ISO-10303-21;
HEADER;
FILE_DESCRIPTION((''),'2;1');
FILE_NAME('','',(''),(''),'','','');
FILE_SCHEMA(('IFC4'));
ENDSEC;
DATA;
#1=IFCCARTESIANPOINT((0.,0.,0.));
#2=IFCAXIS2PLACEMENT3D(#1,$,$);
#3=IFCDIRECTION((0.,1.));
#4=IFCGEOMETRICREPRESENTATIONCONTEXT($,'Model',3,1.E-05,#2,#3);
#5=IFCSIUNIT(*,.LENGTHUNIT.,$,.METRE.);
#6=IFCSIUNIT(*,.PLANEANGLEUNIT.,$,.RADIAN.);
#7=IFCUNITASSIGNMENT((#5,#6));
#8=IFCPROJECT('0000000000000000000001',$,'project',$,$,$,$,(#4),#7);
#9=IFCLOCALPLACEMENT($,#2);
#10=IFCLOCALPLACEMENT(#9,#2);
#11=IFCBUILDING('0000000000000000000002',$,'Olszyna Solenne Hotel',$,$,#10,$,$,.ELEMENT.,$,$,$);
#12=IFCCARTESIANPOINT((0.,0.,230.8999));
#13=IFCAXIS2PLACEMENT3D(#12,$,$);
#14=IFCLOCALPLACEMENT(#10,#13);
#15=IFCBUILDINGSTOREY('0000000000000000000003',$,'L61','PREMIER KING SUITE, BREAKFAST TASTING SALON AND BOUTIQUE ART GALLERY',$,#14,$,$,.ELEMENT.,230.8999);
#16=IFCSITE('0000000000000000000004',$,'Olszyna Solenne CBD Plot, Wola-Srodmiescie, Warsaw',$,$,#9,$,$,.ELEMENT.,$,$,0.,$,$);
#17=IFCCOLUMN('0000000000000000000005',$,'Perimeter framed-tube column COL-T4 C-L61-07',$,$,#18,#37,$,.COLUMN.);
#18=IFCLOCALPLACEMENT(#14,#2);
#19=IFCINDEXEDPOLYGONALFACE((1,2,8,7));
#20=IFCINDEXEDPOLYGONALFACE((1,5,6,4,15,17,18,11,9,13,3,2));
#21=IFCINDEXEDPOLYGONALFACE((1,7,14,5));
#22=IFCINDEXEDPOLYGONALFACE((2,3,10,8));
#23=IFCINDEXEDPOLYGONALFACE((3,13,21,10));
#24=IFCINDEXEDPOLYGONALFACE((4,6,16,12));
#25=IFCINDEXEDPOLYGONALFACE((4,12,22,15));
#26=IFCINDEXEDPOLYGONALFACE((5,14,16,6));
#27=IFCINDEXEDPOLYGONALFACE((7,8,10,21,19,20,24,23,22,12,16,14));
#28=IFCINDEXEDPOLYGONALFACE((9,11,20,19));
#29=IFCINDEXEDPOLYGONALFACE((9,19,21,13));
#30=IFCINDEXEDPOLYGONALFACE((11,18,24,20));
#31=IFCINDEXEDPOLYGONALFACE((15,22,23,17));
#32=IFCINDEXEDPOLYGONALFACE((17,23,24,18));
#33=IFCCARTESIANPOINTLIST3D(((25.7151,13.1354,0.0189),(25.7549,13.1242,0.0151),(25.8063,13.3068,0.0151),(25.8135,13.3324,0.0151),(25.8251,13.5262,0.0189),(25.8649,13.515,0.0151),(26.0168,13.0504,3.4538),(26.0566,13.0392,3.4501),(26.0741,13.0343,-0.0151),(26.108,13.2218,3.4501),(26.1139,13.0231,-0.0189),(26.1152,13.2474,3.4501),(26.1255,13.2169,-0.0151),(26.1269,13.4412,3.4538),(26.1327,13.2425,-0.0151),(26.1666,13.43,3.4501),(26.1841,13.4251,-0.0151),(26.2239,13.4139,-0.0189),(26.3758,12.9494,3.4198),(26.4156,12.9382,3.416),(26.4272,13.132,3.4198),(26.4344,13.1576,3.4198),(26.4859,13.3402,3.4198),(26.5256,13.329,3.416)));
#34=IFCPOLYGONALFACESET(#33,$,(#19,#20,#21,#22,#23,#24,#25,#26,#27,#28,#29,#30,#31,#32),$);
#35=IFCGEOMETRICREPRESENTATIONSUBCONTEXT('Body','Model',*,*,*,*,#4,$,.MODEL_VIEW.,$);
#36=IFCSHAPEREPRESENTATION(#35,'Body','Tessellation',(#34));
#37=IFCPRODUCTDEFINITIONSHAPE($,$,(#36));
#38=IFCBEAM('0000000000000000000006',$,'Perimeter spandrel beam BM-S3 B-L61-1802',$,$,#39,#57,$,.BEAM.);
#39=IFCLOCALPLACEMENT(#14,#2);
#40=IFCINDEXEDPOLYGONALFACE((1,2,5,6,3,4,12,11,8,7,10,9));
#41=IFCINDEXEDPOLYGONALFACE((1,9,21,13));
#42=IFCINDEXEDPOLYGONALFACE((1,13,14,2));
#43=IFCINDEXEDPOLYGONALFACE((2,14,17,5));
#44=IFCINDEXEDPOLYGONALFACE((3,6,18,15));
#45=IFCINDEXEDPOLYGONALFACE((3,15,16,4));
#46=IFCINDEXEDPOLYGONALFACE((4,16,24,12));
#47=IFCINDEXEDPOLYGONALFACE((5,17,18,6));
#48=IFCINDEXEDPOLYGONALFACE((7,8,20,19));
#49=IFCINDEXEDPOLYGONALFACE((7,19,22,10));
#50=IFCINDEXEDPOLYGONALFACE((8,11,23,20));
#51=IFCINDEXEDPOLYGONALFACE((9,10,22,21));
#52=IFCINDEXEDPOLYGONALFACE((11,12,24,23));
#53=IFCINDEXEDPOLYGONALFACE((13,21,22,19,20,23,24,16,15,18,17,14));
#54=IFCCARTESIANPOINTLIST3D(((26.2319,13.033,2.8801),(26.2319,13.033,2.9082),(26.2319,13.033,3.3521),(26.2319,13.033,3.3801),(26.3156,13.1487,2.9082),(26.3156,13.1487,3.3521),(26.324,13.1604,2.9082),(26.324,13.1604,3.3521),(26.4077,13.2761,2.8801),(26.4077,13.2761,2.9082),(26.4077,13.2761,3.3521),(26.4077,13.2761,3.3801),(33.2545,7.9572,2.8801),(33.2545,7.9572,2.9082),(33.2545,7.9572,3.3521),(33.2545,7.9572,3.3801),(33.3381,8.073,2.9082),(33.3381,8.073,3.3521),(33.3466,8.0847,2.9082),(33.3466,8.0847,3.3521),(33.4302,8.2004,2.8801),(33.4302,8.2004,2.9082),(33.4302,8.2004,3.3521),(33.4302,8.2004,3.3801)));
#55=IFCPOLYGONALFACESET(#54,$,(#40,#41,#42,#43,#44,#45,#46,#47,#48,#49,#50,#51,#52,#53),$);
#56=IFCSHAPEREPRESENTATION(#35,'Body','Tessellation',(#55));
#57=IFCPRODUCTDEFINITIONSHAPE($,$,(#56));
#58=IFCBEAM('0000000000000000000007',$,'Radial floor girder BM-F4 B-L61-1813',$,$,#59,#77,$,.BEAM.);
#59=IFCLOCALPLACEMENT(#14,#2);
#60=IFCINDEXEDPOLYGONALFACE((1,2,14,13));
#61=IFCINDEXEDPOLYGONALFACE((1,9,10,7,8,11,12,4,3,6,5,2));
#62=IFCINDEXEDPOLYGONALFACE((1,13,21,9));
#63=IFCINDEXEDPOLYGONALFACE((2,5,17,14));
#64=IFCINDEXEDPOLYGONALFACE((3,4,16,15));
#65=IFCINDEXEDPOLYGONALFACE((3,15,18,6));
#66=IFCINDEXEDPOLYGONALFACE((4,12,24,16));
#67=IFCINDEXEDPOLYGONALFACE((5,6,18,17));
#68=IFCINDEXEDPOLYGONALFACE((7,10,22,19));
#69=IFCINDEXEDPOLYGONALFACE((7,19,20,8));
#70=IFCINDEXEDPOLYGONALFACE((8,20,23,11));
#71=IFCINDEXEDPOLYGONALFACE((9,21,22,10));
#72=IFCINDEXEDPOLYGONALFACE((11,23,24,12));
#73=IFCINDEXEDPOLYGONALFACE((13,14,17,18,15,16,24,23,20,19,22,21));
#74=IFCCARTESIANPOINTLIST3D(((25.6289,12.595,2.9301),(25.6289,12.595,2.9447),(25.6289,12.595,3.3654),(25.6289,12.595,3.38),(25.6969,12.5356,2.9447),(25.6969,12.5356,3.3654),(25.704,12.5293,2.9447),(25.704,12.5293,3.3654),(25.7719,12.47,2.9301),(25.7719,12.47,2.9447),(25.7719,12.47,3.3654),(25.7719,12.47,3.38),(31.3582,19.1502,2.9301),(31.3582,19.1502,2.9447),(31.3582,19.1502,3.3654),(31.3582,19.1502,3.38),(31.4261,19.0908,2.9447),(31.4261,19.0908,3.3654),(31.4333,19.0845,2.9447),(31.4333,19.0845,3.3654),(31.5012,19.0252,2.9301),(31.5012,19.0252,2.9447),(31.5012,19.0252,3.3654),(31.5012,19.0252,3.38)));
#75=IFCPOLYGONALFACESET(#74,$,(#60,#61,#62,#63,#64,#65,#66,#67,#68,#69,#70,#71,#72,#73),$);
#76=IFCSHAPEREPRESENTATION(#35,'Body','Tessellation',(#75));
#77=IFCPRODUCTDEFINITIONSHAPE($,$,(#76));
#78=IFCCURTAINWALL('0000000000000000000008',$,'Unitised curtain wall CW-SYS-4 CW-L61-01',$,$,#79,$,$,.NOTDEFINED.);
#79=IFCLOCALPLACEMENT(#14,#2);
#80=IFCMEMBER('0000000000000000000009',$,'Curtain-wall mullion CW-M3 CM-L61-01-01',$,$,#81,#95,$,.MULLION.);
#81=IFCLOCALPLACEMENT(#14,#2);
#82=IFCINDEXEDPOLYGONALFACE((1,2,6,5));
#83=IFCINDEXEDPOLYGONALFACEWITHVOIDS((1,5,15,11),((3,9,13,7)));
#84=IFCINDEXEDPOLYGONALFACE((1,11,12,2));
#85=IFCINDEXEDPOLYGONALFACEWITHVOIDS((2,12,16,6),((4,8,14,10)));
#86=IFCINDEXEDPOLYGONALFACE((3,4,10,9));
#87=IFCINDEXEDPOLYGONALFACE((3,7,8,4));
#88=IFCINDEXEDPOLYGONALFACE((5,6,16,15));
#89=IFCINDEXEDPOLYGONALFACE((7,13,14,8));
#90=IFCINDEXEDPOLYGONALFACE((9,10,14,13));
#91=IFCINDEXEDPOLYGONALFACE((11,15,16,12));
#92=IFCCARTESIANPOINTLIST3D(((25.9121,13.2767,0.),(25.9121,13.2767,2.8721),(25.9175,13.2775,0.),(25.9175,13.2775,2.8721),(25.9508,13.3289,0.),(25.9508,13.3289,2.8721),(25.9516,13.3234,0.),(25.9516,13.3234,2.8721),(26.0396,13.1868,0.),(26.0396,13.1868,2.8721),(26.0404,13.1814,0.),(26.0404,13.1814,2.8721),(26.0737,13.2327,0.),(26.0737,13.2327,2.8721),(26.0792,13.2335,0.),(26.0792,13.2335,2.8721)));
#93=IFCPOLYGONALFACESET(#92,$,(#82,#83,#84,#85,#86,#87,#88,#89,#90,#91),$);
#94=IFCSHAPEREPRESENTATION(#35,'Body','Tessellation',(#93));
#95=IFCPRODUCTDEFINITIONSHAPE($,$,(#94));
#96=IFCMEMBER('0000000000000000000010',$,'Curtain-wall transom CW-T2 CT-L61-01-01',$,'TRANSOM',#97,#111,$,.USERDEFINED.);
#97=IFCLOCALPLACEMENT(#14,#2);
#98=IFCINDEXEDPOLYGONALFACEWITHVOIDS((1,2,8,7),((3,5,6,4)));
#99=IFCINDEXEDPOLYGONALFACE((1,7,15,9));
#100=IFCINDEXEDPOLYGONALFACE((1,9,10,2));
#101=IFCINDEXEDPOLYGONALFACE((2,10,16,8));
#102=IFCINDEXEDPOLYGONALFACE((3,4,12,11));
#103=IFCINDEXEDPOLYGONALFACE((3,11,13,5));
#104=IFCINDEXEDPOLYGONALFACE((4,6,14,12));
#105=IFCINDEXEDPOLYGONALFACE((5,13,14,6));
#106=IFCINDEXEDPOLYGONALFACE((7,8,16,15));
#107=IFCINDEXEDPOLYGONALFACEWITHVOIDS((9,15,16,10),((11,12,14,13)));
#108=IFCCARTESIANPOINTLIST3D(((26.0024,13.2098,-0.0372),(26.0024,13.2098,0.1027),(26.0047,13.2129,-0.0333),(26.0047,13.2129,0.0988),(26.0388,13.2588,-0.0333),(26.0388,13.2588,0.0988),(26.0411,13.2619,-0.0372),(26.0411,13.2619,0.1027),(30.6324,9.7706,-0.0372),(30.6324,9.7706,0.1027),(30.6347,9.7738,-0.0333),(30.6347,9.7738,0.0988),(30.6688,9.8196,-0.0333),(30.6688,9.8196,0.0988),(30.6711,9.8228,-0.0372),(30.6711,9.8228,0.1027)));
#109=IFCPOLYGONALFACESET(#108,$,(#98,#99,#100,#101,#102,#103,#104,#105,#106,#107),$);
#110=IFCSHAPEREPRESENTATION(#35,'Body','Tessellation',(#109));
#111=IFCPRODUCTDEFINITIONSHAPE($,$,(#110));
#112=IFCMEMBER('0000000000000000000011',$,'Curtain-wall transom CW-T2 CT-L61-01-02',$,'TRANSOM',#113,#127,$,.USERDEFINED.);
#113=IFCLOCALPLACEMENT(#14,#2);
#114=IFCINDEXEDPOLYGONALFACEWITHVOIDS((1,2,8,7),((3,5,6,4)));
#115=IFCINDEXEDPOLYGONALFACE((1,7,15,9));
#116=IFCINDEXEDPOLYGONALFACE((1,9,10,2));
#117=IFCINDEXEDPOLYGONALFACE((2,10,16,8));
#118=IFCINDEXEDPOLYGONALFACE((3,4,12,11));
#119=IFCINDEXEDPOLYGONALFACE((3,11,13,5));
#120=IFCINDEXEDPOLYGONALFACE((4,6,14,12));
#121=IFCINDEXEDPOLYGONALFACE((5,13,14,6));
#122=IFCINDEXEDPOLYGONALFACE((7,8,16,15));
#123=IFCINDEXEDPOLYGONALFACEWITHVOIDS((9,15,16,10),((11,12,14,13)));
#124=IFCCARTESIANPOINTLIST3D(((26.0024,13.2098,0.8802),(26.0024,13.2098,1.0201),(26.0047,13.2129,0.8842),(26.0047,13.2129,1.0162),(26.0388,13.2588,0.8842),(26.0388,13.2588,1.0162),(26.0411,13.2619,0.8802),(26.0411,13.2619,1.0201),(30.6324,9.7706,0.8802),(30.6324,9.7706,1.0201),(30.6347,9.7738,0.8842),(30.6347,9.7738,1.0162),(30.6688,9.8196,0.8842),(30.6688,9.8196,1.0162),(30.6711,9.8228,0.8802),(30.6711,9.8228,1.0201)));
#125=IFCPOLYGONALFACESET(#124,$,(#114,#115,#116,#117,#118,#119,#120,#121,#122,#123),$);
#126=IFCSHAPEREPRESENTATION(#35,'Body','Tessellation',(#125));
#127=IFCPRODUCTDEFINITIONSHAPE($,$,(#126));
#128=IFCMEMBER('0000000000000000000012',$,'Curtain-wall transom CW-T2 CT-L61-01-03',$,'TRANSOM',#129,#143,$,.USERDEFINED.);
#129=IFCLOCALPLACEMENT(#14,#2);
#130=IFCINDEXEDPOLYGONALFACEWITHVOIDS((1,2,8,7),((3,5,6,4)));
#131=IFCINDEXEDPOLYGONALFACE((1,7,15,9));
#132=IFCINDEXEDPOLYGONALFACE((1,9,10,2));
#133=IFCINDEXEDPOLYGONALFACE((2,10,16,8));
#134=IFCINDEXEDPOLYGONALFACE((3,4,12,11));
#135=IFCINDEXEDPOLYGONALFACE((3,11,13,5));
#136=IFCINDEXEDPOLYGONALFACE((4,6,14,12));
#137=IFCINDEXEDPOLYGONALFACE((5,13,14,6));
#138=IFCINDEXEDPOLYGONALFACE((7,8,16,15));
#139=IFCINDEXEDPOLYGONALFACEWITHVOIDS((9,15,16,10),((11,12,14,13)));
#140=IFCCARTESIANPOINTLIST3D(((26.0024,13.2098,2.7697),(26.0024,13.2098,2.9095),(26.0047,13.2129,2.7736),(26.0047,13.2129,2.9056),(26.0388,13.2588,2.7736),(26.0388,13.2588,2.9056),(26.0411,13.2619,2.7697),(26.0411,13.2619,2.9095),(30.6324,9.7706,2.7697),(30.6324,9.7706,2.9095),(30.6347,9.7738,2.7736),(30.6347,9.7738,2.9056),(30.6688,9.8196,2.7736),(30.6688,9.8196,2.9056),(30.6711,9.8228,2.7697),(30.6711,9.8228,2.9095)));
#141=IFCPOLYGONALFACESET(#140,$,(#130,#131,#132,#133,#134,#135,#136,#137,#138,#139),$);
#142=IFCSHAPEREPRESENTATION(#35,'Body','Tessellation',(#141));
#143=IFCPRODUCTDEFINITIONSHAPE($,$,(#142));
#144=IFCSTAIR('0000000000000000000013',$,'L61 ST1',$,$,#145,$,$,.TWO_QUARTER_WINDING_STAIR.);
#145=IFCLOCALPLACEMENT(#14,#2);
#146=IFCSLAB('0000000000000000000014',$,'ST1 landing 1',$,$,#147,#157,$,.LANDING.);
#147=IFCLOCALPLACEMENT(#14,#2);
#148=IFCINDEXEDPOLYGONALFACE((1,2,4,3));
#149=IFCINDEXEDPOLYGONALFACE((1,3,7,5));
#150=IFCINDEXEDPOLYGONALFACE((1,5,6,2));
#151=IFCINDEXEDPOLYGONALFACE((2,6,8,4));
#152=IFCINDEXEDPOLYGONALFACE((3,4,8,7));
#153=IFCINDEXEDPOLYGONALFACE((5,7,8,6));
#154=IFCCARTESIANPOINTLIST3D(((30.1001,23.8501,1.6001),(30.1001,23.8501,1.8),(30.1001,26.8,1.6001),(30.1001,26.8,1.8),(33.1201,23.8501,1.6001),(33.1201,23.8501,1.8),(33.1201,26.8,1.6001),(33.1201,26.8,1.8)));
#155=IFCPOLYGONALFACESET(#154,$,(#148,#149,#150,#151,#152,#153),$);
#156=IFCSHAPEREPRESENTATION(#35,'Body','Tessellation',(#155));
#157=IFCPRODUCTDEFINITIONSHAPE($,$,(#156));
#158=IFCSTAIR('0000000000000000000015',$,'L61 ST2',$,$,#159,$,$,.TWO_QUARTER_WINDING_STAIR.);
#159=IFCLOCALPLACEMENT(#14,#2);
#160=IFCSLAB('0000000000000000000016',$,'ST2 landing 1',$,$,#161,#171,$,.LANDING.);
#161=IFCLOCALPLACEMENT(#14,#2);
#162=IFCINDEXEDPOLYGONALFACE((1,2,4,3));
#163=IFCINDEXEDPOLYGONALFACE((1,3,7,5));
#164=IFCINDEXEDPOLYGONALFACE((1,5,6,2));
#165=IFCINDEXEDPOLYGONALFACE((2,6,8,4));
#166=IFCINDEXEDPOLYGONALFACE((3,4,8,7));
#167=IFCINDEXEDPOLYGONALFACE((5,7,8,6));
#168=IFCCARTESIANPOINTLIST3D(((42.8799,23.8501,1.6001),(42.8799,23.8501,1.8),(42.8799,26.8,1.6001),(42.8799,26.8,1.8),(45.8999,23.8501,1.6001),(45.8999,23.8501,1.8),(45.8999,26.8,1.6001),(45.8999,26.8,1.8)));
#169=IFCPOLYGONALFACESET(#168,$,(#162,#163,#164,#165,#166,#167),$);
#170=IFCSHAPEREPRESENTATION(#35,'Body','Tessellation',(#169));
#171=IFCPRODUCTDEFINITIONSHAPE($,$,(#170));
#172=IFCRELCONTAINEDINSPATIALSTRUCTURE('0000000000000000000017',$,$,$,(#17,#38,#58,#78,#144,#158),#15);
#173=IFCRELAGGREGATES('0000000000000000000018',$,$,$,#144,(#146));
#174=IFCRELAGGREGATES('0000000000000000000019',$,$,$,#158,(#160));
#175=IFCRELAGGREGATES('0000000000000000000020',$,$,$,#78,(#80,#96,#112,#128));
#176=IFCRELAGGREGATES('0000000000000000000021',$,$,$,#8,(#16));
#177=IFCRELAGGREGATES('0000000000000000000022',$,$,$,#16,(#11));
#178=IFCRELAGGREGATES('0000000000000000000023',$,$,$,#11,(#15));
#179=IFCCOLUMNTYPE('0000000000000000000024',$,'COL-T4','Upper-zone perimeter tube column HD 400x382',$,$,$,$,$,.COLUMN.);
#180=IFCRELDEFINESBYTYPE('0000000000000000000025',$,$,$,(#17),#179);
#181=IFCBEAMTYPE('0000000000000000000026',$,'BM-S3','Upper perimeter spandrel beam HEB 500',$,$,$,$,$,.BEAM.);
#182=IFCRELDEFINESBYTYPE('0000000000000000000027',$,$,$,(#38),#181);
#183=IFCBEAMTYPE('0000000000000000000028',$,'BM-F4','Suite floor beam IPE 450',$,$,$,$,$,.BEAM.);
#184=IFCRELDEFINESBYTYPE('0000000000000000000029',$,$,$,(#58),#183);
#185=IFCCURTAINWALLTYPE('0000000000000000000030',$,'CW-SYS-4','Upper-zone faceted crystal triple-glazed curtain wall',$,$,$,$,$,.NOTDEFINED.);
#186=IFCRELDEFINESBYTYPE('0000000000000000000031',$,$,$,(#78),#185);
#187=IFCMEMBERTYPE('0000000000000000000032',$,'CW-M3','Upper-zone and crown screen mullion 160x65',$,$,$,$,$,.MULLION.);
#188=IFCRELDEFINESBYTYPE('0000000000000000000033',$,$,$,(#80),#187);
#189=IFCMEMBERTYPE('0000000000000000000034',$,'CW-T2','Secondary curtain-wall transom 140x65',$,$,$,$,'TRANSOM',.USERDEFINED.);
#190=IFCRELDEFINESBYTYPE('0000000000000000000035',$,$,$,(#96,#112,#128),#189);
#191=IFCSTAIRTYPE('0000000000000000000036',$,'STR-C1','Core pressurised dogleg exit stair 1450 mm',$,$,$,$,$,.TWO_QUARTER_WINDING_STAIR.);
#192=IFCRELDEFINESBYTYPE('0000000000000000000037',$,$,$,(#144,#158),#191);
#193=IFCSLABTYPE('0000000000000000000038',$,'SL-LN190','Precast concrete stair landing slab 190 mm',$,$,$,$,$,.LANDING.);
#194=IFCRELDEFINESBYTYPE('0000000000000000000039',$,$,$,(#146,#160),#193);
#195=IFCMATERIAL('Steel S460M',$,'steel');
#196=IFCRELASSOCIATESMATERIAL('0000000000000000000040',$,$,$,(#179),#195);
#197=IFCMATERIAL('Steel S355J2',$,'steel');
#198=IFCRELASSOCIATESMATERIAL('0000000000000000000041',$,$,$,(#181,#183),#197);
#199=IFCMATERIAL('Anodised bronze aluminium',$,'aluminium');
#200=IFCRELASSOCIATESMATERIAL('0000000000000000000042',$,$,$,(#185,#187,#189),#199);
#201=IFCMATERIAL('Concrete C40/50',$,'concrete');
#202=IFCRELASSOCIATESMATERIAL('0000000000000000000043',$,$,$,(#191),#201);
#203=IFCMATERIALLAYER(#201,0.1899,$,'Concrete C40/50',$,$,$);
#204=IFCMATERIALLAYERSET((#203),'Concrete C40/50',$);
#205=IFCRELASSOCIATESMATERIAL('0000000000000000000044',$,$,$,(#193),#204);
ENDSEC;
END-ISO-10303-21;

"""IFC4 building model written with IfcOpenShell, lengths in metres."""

from ifc_helpers import new_model, si_unit, direction, frame, origin, origin_2d, place, context, subcontext, project, spatial, polyline, hollow_rectangle, i_section, outline, extrude, source, transform, mapped, material, layer, layer_set, material_profile, profile_set, type_object, element, aggregate, save


model = new_model("IFC4")

# Units and contexts
model_context = context("Model", 3, precision=1e-05, world=origin(), true_north=direction((0.0, 1.0)))
body_context = subcontext(model_context, "Body", "Model", "MODEL_VIEW")
ifc_project = project(units=[si_unit("LENGTHUNIT", "METRE"), si_unit("PLANEANGLEUNIT", "RADIAN")], contexts=[model_context])

# Site, building, storey
site_placement = place(None, origin())
site = spatial("IfcSite", under=ifc_project, at=site_placement, Name="Olszyna Solenne CBD Plot, Wola-Srodmiescie, Warsaw", CompositionType="ELEMENT", RefElevation=0.0)
building_placement = place(site_placement, origin())
building = spatial("IfcBuilding", under=site, at=building_placement, Name="Olszyna Solenne Hotel", CompositionType="ELEMENT")
storey_placement = place(building_placement, frame((0.0, 0.0, 230.8999)))
storey = spatial("IfcBuildingStorey", under=building, at=storey_placement, Name="L61", Description="PREMIER KING SUITE, BREAKFAST TASTING SALON AND BOUTIQUE ART GALLERY", CompositionType="ELEMENT", Elevation=230.8999)

# Column
ifc_material_1 = material(Name="Steel S460M", Category="steel")
ifc_material_profile_1 = material_profile(ifc_material_1, i_section(OverallWidth=0.406, OverallDepth=0.416, WebThickness=0.0266, FlangeThickness=0.0415, at=origin_2d()), Name="HD 400x382", Category="load-bearing")
ifc_profile_set_1 = profile_set([ifc_material_profile_1], Name="Steel S460M")
column_type = type_object("IfcColumnType", Name="COL-T4", Description="Upper-zone perimeter tube column HD 400x382", PredefinedType="COLUMN", material=ifc_profile_set_1)
shared_shape_1 = source(origin(), body_context, "Body", "SweptSolid", [
    extrude(i_section(OverallWidth=0.406, OverallDepth=0.416, WebThickness=0.0266, FlangeThickness=0.0415, at=origin_2d()), origin(), (0.0, 0.0, 1.0), 3.4492),
])
column_placement = place(storey_placement, frame((25.9695, 13.2747, 0.0), z_axis=(0.087483, -0.024631, 0.995861), x_axis=(0.271016, 0.962575, 0.0)))
element("IfcColumn", 1, at=column_placement, inside=storey, type_object=column_type, Name="Perimeter framed-tube column COL-T4 C-L61-07", PredefinedType="COLUMN", context=body_context, shape_type="MappedRepresentation", body=[
    mapped(shared_shape_1, transform((0.0, 0.0, 0.0), x_axis=(1.0, 0.0, 0.0), y_axis=(0.0, 1.0, 0.0), z_axis=(0.0, 0.0, 1.0), scale=1.0)),
])

# Beams
ifc_material_2 = material(Name="Steel S355J2", Category="steel")
ifc_material_profile_2 = material_profile(ifc_material_2, i_section(OverallWidth=0.3, OverallDepth=0.5, WebThickness=0.0144, FlangeThickness=0.0281, at=origin_2d()), Name="HEB 500", Category="load-bearing")
ifc_profile_set_2 = profile_set([ifc_material_profile_2], Name="Steel S355J2")
beam_type_1 = type_object("IfcBeamType", Name="BM-S3", Description="Upper perimeter spandrel beam HEB 500", PredefinedType="BEAM", material=ifc_profile_set_2)
shared_shape_2 = source(origin(), body_context, "Body", "SweptSolid", [
    extrude(i_section(OverallWidth=0.3, OverallDepth=0.5, WebThickness=0.0144, FlangeThickness=0.0281, at=origin_2d()), origin(), (0.0, 0.0, 1.0), 8.6648),
])
beam_1_placement = place(storey_placement, frame((26.3198, 13.1545, 3.1301), z_axis=(0.810465, -0.585787, 0.0), x_axis=(0.585787, 0.810465, 0.0)))
element("IfcBeam", 2, at=beam_1_placement, inside=storey, type_object=beam_type_1, Name="Perimeter spandrel beam BM-S3 B-L61-1802", PredefinedType="BEAM", context=body_context, shape_type="MappedRepresentation", body=[
    mapped(shared_shape_2, transform((0.0, 0.0, 0.0), x_axis=(1.0, 0.0, 0.0), y_axis=(0.0, 1.0, 0.0), z_axis=(0.0, 0.0, 1.0), scale=1.0)),
])
ifc_material_profile_3 = material_profile(ifc_material_2, i_section(OverallWidth=0.1899, OverallDepth=0.45, WebThickness=0.0095, FlangeThickness=0.0146, at=origin_2d()), Name="IPE 450", Category="load-bearing")
ifc_profile_set_3 = profile_set([ifc_material_profile_3], Name="Steel S355J2")
beam_type_2 = type_object("IfcBeamType", Name="BM-F4", Description="Suite floor beam IPE 450", PredefinedType="BEAM", material=ifc_profile_set_3)
shared_shape_3 = source(origin(), body_context, "Body", "SweptSolid", [
    extrude(i_section(OverallWidth=0.1899, OverallDepth=0.45, WebThickness=0.0095, FlangeThickness=0.0146, at=origin_2d()), origin(), (0.0, 0.0, 1.0), 8.7061),
])
beam_2_placement = place(storey_placement, frame((25.7004, 12.5325, 3.155), z_axis=(0.65808, 0.752948, 0.0), x_axis=(-0.752948, 0.65808, 0.0)))
element("IfcBeam", 3, at=beam_2_placement, inside=storey, type_object=beam_type_2, Name="Radial floor girder BM-F4 B-L61-1813", PredefinedType="BEAM", context=body_context, shape_type="MappedRepresentation", body=[
    mapped(shared_shape_3, transform((0.0, 0.0, 0.0), x_axis=(1.0, 0.0, 0.0), y_axis=(0.0, 1.0, 0.0), z_axis=(0.0, 0.0, 1.0), scale=1.0)),
])

# Curtain wall, members
ifc_material_3 = material(Name="Anodised bronze aluminium", Category="aluminium")
curtain_wall_type = type_object("IfcCurtainWallType", Name="CW-SYS-4", Description="Upper-zone faceted crystal triple-glazed curtain wall", PredefinedType="NOTDEFINED", material=ifc_material_3)
curtain_wall_placement = place(storey_placement, origin())
curtain_wall = element("IfcCurtainWall", 4, at=curtain_wall_placement, inside=storey, type_object=curtain_wall_type, Name="Unitised curtain wall CW-SYS-4 CW-L61-01", PredefinedType="NOTDEFINED")
ifc_material_profile_4 = material_profile(ifc_material_3, hollow_rectangle(XDim=0.0649, YDim=0.1599, WallThickness=0.0039, at=origin_2d()), Name="MULL 160x65x4", Category="load-bearing")
ifc_profile_set_4 = profile_set([ifc_material_profile_4], Name="Anodised bronze aluminium")
member_type_1 = type_object("IfcMemberType", Name="CW-M3", Description="Upper-zone and crown screen mullion 160x65", PredefinedType="MULLION", material=ifc_profile_set_4)
shared_shape_4 = source(origin(), body_context, "Body", "SweptSolid", [
    extrude(hollow_rectangle(XDim=0.0649, YDim=0.1599, WallThickness=0.0039, at=origin_2d()), origin(), (0.0, 0.0, 1.0), 2.8721),
])
member_1_placement = place(storey_placement, frame((25.9956, 13.2551, 0.0), z_axis=(0.0, 0.0, 1.0), x_axis=(0.596276, 0.802779, 0.0)))
member_1 = element("IfcMember", 5, at=member_1_placement, type_object=member_type_1, Name="Curtain-wall mullion CW-M3 CM-L61-01-01", PredefinedType="MULLION", context=body_context, shape_type="MappedRepresentation", body=[
    mapped(shared_shape_4, transform((0.0, 0.0, 0.0), x_axis=(1.0, 0.0, 0.0), y_axis=(0.0, 1.0, 0.0), z_axis=(0.0, 0.0, 1.0), scale=1.0)),
])
ifc_material_profile_5 = material_profile(ifc_material_3, hollow_rectangle(XDim=0.0649, YDim=0.1399, WallThickness=0.0039, at=origin_2d()), Name="TRAN 140x65x4", Category="load-bearing")
ifc_profile_set_5 = profile_set([ifc_material_profile_5], Name="Anodised bronze aluminium")
member_type_2 = type_object("IfcMemberType", Name="CW-T2", Description="Secondary curtain-wall transom 140x65", ElementType="TRANSOM", PredefinedType="USERDEFINED", material=ifc_profile_set_5)
shared_shape_5 = source(origin(), body_context, "Body", "SweptSolid", [
    extrude(hollow_rectangle(XDim=0.0649, YDim=0.1399, WallThickness=0.0039, at=origin_2d()), origin(), (0.0, 0.0, 1.0), 5.7676),
])
member_2_placement = place(storey_placement, frame((26.0217, 13.2358, 0.0327), z_axis=(0.80277, -0.596289, 0.0), x_axis=(0.596289, 0.80277, 0.0)))
member_2 = element("IfcMember", 6, at=member_2_placement, type_object=member_type_2, Name="Curtain-wall transom CW-T2 CT-L61-01-01", ObjectType="TRANSOM", PredefinedType="USERDEFINED", context=body_context, shape_type="MappedRepresentation", body=[
    mapped(shared_shape_5, transform((0.0, 0.0, 0.0), x_axis=(1.0, 0.0, 0.0), y_axis=(0.0, 1.0, 0.0), z_axis=(0.0, 0.0, 1.0), scale=1.0)),
])
member_3_placement = place(storey_placement, frame((26.0217, 13.2358, 0.9502), z_axis=(0.80277, -0.596289, 0.0), x_axis=(0.596289, 0.80277, 0.0)))
member_3 = element("IfcMember", 7, at=member_3_placement, type_object=member_type_2, Name="Curtain-wall transom CW-T2 CT-L61-01-02", ObjectType="TRANSOM", PredefinedType="USERDEFINED", context=body_context, shape_type="MappedRepresentation", body=[
    mapped(shared_shape_5, transform((0.0, 0.0, 0.0), x_axis=(1.0, 0.0, 0.0), y_axis=(0.0, 1.0, 0.0), z_axis=(0.0, 0.0, 1.0), scale=1.0)),
])
member_4_placement = place(storey_placement, frame((26.0217, 13.2358, 2.8396), z_axis=(0.80277, -0.596289, 0.0), x_axis=(0.596289, 0.80277, 0.0)))
member_4 = element("IfcMember", 8, at=member_4_placement, type_object=member_type_2, Name="Curtain-wall transom CW-T2 CT-L61-01-03", ObjectType="TRANSOM", PredefinedType="USERDEFINED", context=body_context, shape_type="MappedRepresentation", body=[
    mapped(shared_shape_5, transform((0.0, 0.0, 0.0), x_axis=(1.0, 0.0, 0.0), y_axis=(0.0, 1.0, 0.0), z_axis=(0.0, 0.0, 1.0), scale=1.0)),
])

# Stairs, slabs
ifc_material_4 = material(Name="Concrete C40/50", Category="concrete")
stair_type = type_object("IfcStairType", Name="STR-C1", Description="Core pressurised dogleg exit stair 1450 mm", PredefinedType="TWO_QUARTER_WINDING_STAIR", material=ifc_material_4)
stair_1_placement = place(storey_placement, origin())
stair_1 = element("IfcStair", 9, at=stair_1_placement, inside=storey, type_object=stair_type, Name="L61 ST1", PredefinedType="TWO_QUARTER_WINDING_STAIR")
ifc_layer_1 = layer(ifc_material_4, 0.1899, Name="Concrete C40/50")
ifc_layer_set_1 = layer_set([ifc_layer_1], Name="Concrete C40/50")
slab_type_1 = type_object("IfcSlabType", Name="SL-LN190", Description="Precast concrete stair landing slab 190 mm", PredefinedType="LANDING", material=ifc_layer_set_1)
slab_1_placement = place(storey_placement, frame((0.0, 0.0, 1.6001)))
slab_1 = element("IfcSlab", 10, at=slab_1_placement, type_object=slab_type_1, Name="ST1 landing 1", PredefinedType="LANDING", context=body_context, shape_type="SweptSolid", body=[
    extrude(outline(polyline([(33.1201, 23.8501), (33.1201, 26.8), (30.1001, 26.8), (30.1001, 23.8501), (33.1201, 23.8501)])), origin(), (0.0, 0.0, 1.0), 0.2),
])
aggregate(stair_1, [slab_1])
stair_2_placement = place(storey_placement, origin())
stair_2 = element("IfcStair", 11, at=stair_2_placement, inside=storey, type_object=stair_type, Name="L61 ST2", PredefinedType="TWO_QUARTER_WINDING_STAIR")
slab_2_placement = place(storey_placement, frame((0.0, 0.0, 1.6001)))
slab_2 = element("IfcSlab", 12, at=slab_2_placement, type_object=slab_type_1, Name="ST2 landing 1", PredefinedType="LANDING", context=body_context, shape_type="SweptSolid", body=[
    extrude(outline(polyline([(45.8999, 23.8501), (45.8999, 26.8), (42.8799, 26.8), (42.8799, 23.8501), (45.8999, 23.8501)])), origin(), (0.0, 0.0, 1.0), 0.2),
])
aggregate(stair_2, [slab_2])

aggregate(curtain_wall, [member_1, member_2, member_3, member_4])

save(model, "model.ifc")
